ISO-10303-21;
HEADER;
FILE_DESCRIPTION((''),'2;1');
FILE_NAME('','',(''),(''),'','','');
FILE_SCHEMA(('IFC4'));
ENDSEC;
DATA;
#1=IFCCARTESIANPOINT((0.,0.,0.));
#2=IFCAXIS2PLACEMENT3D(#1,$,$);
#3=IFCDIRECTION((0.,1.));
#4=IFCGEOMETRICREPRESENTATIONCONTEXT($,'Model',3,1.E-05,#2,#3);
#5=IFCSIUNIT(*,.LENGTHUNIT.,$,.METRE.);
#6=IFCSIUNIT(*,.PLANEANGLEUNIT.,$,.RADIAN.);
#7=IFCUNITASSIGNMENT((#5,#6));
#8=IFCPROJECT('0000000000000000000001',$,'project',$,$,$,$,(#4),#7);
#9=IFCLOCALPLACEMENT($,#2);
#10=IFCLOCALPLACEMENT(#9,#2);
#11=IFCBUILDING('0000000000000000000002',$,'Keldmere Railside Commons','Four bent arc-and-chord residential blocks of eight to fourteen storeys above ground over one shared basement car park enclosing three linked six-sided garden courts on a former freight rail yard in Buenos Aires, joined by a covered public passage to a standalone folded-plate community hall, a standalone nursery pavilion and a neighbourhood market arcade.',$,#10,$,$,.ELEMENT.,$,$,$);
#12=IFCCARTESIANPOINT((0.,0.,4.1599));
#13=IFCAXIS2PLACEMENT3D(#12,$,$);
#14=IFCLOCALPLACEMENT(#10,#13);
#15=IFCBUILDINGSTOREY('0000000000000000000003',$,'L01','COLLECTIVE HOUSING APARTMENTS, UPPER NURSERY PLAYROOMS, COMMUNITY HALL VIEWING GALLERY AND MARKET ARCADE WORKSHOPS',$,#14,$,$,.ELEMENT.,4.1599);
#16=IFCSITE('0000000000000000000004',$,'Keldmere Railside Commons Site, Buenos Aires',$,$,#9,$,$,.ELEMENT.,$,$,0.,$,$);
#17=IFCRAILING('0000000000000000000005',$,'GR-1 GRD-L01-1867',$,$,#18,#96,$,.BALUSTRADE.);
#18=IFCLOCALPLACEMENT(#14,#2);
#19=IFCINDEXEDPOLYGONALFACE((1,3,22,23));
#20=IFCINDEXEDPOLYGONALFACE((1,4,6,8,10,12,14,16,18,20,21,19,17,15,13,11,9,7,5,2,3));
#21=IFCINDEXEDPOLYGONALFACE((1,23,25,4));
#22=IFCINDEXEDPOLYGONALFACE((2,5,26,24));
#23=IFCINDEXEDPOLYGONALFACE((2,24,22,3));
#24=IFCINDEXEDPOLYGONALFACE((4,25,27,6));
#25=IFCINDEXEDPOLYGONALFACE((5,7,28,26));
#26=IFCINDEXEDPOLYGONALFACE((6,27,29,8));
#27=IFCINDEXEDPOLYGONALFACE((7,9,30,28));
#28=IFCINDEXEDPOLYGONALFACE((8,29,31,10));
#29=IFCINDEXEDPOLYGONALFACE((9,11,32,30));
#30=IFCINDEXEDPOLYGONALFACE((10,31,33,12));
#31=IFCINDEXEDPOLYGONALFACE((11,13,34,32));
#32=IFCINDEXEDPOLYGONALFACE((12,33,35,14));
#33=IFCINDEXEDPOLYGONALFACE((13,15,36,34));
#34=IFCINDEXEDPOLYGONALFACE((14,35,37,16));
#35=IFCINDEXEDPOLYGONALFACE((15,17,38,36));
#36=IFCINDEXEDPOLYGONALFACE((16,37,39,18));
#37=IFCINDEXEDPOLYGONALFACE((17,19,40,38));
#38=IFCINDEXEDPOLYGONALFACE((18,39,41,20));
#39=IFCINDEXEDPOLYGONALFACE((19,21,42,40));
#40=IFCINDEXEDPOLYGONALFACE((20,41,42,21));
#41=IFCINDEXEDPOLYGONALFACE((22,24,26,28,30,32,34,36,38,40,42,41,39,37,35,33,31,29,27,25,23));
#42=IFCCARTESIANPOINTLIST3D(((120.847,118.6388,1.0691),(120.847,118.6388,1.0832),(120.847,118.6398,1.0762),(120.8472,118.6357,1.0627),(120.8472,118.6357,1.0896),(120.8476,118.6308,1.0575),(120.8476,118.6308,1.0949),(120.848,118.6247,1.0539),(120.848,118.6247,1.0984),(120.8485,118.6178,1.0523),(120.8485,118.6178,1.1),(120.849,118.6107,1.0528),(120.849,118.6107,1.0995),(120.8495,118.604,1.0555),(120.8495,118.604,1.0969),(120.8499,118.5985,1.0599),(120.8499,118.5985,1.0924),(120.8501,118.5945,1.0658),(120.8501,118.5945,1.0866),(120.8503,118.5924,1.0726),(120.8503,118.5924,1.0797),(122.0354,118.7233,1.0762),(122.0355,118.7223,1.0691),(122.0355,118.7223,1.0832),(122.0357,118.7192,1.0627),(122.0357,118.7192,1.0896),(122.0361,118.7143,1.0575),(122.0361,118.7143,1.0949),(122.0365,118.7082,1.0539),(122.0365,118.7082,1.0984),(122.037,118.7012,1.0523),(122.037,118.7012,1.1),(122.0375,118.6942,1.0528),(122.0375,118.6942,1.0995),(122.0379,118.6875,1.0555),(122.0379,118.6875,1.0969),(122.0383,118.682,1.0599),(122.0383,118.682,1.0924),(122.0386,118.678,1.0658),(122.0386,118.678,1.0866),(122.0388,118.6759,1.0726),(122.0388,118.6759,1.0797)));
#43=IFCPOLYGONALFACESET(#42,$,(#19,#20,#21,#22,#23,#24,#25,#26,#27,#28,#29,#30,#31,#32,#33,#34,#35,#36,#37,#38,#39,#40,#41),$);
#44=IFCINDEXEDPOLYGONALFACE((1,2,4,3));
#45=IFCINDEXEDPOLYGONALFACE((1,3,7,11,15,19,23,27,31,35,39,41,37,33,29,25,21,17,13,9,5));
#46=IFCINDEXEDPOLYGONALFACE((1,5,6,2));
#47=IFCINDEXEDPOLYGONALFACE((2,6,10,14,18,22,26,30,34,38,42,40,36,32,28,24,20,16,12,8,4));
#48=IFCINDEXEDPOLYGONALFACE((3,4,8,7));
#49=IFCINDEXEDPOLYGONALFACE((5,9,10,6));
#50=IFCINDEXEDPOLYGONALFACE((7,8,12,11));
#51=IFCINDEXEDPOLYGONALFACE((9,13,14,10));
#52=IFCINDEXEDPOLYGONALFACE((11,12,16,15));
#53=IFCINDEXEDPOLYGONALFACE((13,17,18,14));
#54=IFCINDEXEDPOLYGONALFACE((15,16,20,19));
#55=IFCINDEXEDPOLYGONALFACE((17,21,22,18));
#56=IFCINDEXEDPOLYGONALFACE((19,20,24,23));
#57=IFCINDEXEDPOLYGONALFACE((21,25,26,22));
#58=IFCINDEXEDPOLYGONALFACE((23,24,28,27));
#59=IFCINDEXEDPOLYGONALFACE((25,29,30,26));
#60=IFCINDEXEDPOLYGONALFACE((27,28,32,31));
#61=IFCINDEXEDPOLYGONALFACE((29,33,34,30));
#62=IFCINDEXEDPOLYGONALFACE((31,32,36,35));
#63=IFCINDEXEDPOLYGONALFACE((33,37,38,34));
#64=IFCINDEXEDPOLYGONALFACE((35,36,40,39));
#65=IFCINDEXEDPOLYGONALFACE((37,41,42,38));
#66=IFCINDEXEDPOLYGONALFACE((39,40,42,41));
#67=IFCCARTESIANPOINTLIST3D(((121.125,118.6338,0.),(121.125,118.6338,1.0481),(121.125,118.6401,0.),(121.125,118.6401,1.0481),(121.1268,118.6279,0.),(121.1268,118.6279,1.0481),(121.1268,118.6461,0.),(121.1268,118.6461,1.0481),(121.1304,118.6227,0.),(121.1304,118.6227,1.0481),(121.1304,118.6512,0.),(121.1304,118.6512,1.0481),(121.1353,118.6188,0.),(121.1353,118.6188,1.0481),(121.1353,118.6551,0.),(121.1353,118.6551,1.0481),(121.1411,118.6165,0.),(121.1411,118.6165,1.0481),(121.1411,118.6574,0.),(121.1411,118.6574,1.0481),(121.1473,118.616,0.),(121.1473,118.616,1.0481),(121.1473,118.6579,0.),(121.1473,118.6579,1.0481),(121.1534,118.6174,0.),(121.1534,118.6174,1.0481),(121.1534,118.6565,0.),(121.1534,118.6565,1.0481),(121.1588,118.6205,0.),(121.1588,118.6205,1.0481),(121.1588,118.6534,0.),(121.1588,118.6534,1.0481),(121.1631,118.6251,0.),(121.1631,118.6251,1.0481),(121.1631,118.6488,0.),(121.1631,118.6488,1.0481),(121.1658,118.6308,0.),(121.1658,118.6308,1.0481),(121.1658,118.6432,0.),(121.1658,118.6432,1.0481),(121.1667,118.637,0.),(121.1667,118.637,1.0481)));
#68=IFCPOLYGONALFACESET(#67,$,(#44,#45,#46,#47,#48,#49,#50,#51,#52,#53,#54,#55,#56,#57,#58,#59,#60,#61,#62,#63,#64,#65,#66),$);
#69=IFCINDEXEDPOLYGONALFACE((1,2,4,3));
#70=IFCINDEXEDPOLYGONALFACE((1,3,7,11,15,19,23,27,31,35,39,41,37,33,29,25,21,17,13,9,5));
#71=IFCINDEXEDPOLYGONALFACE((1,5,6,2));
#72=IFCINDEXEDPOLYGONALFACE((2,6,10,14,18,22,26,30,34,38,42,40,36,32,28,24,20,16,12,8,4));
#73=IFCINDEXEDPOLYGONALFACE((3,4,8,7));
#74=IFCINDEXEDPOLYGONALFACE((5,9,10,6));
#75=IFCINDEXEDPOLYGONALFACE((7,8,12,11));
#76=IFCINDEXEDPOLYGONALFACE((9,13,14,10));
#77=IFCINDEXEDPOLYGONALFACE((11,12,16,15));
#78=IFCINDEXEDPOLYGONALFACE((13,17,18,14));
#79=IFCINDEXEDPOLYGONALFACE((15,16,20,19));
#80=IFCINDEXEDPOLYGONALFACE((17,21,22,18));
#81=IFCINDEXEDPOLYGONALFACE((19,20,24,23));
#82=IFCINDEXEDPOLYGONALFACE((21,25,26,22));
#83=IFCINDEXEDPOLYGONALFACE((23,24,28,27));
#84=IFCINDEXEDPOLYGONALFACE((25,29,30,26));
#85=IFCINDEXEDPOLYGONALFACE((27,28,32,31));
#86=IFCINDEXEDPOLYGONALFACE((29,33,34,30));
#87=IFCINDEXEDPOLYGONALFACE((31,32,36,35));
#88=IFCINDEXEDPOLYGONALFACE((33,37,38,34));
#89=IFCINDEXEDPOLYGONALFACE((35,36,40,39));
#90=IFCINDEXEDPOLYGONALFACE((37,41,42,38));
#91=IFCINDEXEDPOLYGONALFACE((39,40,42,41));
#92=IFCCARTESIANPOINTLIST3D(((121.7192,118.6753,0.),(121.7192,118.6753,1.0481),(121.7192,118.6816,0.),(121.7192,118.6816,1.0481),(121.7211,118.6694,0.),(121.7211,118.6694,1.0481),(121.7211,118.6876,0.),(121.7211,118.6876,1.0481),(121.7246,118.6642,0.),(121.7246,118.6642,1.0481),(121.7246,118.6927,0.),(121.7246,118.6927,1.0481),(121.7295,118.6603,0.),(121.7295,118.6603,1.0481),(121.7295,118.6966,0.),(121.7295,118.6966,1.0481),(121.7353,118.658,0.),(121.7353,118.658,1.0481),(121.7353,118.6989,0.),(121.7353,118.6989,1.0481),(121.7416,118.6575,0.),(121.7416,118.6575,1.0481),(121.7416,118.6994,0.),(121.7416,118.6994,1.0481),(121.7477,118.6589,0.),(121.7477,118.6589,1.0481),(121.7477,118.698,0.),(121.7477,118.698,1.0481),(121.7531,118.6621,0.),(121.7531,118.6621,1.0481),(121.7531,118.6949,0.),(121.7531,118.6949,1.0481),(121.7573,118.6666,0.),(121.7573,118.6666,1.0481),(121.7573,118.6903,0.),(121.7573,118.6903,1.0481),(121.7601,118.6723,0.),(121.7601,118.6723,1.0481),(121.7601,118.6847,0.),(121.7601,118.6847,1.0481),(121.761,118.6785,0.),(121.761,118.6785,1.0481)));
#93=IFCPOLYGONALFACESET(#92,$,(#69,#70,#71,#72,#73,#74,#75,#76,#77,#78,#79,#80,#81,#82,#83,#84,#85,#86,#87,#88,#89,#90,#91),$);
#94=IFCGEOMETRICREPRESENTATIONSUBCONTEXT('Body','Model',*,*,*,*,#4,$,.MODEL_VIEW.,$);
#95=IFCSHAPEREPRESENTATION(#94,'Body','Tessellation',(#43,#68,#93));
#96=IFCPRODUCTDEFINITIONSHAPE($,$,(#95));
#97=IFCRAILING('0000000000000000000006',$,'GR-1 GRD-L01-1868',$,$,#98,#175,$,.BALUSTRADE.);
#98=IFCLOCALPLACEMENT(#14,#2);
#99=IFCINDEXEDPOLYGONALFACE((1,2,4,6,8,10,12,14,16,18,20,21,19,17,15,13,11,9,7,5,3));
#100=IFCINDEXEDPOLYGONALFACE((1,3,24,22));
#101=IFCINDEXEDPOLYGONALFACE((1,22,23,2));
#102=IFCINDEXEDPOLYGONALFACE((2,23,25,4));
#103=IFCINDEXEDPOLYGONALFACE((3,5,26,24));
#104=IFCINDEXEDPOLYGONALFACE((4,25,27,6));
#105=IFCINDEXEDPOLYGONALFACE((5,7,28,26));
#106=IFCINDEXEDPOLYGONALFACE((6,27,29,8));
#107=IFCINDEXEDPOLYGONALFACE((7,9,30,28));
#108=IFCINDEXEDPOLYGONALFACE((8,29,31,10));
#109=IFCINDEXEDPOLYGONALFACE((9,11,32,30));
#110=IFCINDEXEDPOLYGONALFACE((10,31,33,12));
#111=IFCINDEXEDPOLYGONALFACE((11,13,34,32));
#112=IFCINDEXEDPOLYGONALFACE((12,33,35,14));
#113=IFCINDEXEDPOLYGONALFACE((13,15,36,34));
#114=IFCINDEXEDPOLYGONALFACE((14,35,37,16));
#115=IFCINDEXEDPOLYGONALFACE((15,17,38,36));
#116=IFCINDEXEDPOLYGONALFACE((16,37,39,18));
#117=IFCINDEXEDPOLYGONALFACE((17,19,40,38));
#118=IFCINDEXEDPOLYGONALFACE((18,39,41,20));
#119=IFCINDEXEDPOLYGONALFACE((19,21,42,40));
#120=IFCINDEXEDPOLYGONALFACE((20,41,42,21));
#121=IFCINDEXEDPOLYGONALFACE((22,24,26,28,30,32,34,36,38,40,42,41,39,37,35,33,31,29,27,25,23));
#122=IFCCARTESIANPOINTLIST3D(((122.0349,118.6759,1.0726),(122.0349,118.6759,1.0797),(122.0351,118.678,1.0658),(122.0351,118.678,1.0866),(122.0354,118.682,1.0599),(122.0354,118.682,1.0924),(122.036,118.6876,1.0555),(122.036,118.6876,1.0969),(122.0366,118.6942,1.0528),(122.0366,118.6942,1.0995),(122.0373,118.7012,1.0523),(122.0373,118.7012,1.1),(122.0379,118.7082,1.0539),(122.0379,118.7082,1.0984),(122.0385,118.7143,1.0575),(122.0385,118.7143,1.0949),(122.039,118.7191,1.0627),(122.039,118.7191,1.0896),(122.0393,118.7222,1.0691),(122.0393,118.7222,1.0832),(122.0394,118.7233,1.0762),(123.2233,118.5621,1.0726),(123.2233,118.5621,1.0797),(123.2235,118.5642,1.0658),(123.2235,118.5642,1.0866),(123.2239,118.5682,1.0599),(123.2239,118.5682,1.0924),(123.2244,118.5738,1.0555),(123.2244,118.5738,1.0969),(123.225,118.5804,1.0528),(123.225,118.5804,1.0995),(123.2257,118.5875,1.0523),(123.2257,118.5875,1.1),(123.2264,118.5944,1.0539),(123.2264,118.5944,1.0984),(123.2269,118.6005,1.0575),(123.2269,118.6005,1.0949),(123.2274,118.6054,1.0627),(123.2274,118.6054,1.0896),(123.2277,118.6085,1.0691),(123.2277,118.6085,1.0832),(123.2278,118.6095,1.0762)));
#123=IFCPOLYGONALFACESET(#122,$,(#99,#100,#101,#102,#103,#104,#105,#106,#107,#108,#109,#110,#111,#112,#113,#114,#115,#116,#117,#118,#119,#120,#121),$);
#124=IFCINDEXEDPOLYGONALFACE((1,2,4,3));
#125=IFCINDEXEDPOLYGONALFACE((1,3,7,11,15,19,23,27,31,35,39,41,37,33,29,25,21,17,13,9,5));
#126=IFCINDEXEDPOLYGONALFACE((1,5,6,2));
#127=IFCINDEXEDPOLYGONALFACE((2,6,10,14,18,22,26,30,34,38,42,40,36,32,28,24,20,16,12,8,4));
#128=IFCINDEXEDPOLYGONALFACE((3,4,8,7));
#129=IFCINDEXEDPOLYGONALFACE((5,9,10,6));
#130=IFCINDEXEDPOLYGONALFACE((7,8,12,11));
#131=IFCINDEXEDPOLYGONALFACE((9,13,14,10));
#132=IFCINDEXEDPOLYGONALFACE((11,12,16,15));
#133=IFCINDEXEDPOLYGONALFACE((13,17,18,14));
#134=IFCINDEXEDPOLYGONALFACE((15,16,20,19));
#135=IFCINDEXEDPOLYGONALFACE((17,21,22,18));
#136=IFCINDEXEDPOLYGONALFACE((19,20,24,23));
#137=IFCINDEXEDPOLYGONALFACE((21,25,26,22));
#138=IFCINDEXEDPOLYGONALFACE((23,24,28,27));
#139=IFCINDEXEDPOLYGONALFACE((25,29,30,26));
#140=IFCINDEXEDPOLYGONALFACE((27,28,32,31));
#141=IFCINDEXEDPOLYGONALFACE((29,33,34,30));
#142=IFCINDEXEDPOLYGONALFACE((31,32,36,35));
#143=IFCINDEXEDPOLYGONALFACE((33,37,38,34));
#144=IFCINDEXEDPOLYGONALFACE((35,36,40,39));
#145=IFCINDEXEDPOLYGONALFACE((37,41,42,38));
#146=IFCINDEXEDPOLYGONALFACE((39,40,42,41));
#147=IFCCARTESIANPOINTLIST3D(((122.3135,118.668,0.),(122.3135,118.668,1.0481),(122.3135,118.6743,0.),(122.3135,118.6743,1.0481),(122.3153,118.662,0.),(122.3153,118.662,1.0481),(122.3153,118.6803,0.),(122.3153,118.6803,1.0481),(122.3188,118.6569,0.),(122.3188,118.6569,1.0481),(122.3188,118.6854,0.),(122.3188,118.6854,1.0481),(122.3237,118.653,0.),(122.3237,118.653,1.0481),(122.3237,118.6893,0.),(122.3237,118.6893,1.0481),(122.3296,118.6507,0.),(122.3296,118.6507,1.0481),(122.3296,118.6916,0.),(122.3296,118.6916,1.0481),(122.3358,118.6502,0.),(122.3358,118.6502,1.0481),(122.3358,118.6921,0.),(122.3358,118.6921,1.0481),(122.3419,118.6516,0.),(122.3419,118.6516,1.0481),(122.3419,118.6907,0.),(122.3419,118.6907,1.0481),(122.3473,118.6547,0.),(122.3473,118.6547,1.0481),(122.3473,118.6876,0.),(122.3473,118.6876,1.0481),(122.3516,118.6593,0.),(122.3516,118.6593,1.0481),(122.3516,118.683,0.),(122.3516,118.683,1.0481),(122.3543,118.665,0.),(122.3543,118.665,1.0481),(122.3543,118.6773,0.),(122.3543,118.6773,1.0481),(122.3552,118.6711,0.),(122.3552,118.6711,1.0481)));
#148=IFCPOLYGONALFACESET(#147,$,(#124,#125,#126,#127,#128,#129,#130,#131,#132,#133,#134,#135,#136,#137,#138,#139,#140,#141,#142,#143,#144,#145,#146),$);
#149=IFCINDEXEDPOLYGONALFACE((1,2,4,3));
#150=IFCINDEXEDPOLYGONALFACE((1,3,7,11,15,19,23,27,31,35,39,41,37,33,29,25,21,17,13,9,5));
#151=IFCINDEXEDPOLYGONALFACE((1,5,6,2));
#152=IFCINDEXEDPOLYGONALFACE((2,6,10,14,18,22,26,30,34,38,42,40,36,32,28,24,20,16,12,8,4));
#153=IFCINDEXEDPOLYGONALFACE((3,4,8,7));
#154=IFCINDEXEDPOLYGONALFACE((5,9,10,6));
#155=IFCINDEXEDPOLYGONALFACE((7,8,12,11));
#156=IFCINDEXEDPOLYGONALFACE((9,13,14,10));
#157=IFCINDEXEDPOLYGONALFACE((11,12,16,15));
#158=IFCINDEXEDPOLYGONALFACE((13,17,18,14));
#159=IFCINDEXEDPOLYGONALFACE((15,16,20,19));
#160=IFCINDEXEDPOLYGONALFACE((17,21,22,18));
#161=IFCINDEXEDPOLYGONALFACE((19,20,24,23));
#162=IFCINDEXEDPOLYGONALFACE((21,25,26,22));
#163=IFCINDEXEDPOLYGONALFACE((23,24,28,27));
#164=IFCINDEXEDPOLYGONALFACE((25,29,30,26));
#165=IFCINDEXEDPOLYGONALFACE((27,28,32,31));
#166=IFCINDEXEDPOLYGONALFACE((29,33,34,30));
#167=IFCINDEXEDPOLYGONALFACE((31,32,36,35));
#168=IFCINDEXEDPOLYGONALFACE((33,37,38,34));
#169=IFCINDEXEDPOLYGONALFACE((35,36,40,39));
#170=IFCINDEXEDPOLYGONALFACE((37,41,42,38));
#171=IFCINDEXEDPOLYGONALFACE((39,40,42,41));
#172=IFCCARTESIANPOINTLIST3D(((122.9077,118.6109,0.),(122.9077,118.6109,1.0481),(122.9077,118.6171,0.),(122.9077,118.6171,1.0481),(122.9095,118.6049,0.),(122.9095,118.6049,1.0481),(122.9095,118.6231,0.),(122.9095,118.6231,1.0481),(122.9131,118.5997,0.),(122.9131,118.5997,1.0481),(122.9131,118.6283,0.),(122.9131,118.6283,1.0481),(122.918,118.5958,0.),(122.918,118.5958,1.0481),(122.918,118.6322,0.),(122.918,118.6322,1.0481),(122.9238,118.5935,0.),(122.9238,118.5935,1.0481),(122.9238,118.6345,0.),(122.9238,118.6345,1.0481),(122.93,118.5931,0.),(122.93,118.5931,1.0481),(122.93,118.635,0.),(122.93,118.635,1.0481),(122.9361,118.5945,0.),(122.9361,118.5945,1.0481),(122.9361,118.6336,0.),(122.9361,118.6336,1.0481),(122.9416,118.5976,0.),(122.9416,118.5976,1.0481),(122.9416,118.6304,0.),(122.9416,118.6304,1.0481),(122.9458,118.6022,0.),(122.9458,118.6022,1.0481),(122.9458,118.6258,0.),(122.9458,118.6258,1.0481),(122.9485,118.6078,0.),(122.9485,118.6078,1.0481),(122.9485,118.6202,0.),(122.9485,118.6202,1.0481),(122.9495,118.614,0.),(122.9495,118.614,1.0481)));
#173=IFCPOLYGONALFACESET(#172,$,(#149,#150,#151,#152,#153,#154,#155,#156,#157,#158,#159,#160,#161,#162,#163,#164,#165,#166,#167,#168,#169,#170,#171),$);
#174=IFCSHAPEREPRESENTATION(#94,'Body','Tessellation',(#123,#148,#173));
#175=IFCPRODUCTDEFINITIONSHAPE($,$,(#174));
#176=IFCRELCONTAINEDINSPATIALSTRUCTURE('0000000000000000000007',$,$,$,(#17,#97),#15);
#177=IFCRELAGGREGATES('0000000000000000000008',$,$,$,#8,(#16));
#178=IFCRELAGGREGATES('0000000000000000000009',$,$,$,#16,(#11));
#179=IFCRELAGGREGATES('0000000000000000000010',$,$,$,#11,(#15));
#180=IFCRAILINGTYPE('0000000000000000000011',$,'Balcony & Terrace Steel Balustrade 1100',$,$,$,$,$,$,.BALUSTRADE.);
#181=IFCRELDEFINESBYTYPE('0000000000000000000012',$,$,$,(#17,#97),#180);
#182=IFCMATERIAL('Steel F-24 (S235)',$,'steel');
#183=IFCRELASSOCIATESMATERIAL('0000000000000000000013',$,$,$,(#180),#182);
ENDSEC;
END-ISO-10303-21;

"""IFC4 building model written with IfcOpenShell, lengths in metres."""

from ifc_helpers import new_model, si_unit, direction, frame, origin, origin_2d, place, context, subcontext, project, spatial, circle, extrude, material, type_object, element, save


model = new_model("IFC4")

# Units and contexts
model_context = context("Model", 3, precision=1e-05, world=origin(), true_north=direction((0.0, 1.0)))
body_context = subcontext(model_context, "Body", "Model", "MODEL_VIEW")
ifc_project = project(units=[si_unit("LENGTHUNIT", "METRE"), si_unit("PLANEANGLEUNIT", "RADIAN")], contexts=[model_context])

# Site, building, storey
site_placement = place(None, origin())
site = spatial("IfcSite", under=ifc_project, at=site_placement, Name="Keldmere Railside Commons Site, Buenos Aires", CompositionType="ELEMENT", RefElevation=0.0)
building_placement = place(site_placement, origin())
building = spatial("IfcBuilding", under=site, at=building_placement, Name="Keldmere Railside Commons", Description="Four bent arc-and-chord residential blocks of eight to fourteen storeys above ground over one shared basement car park enclosing three linked six-sided garden courts on a former freight rail yard in Buenos Aires, joined by a covered public passage to a standalone folded-plate community hall, a standalone nursery pavilion and a neighbourhood market arcade.", CompositionType="ELEMENT")
storey_placement = place(building_placement, frame((0.0, 0.0, 4.1599)))
storey = spatial("IfcBuildingStorey", under=building, at=storey_placement, Name="L01", Description="COLLECTIVE HOUSING APARTMENTS, UPPER NURSERY PLAYROOMS, COMMUNITY HALL VIEWING GALLERY AND MARKET ARCADE WORKSHOPS", CompositionType="ELEMENT", Elevation=4.1599)

# Railings
ifc_material_1 = material(Name="Steel F-24 (S235)", Category="steel")
railing_type = type_object("IfcRailingType", Name="Balcony & Terrace Steel Balustrade 1100", PredefinedType="BALUSTRADE", material=ifc_material_1)
railing_1_placement = place(storey_placement, frame((120.8486, 118.616, 0.0)))
element("IfcRailing", 1, at=railing_1_placement, inside=storey, type_object=railing_type, Name="GR-1 GRD-L01-1867", PredefinedType="BALUSTRADE", context=body_context, shape_type="SweptSolid", body=[
    extrude(circle(Radius=0.0239, at=origin_2d()), frame((0.0, 0.0, 1.0762), z_axis=(0.997541, 0.070082, 0.0), x_axis=(-0.070082, 0.997541, 0.0)), (0.0, 0.0, 1.0), 1.1914),
    extrude(circle(Radius=0.021, at=origin_2d()), frame((0.2971, 0.021, 0.0)), (0.0, 0.0, 1.0), 1.0481),
    extrude(circle(Radius=0.021, at=origin_2d()), frame((0.8914, 0.0625, 0.0)), (0.0, 0.0, 1.0), 1.0481),
])
railing_2_placement = place(storey_placement, frame((122.0371, 118.6995, 0.0)))
element("IfcRailing", 2, at=railing_2_placement, inside=storey, type_object=railing_type, Name="GR-1 GRD-L01-1868", PredefinedType="BALUSTRADE", context=body_context, shape_type="SweptSolid", body=[
    extrude(circle(Radius=0.0239, at=origin_2d()), frame((0.0, 0.0, 1.0762), z_axis=(0.995449, -0.095292, 0.0), x_axis=(0.095292, 0.995449, 0.0)), (0.0, 0.0, 1.0), 1.1938),
    extrude(circle(Radius=0.021, at=origin_2d()), frame((0.2971, -0.0283, 0.0)), (0.0, 0.0, 1.0), 1.0481),
    extrude(circle(Radius=0.021, at=origin_2d()), frame((0.8914, -0.0854, 0.0)), (0.0, 0.0, 1.0), 1.0481),
])

save(model, "model.ifc")
